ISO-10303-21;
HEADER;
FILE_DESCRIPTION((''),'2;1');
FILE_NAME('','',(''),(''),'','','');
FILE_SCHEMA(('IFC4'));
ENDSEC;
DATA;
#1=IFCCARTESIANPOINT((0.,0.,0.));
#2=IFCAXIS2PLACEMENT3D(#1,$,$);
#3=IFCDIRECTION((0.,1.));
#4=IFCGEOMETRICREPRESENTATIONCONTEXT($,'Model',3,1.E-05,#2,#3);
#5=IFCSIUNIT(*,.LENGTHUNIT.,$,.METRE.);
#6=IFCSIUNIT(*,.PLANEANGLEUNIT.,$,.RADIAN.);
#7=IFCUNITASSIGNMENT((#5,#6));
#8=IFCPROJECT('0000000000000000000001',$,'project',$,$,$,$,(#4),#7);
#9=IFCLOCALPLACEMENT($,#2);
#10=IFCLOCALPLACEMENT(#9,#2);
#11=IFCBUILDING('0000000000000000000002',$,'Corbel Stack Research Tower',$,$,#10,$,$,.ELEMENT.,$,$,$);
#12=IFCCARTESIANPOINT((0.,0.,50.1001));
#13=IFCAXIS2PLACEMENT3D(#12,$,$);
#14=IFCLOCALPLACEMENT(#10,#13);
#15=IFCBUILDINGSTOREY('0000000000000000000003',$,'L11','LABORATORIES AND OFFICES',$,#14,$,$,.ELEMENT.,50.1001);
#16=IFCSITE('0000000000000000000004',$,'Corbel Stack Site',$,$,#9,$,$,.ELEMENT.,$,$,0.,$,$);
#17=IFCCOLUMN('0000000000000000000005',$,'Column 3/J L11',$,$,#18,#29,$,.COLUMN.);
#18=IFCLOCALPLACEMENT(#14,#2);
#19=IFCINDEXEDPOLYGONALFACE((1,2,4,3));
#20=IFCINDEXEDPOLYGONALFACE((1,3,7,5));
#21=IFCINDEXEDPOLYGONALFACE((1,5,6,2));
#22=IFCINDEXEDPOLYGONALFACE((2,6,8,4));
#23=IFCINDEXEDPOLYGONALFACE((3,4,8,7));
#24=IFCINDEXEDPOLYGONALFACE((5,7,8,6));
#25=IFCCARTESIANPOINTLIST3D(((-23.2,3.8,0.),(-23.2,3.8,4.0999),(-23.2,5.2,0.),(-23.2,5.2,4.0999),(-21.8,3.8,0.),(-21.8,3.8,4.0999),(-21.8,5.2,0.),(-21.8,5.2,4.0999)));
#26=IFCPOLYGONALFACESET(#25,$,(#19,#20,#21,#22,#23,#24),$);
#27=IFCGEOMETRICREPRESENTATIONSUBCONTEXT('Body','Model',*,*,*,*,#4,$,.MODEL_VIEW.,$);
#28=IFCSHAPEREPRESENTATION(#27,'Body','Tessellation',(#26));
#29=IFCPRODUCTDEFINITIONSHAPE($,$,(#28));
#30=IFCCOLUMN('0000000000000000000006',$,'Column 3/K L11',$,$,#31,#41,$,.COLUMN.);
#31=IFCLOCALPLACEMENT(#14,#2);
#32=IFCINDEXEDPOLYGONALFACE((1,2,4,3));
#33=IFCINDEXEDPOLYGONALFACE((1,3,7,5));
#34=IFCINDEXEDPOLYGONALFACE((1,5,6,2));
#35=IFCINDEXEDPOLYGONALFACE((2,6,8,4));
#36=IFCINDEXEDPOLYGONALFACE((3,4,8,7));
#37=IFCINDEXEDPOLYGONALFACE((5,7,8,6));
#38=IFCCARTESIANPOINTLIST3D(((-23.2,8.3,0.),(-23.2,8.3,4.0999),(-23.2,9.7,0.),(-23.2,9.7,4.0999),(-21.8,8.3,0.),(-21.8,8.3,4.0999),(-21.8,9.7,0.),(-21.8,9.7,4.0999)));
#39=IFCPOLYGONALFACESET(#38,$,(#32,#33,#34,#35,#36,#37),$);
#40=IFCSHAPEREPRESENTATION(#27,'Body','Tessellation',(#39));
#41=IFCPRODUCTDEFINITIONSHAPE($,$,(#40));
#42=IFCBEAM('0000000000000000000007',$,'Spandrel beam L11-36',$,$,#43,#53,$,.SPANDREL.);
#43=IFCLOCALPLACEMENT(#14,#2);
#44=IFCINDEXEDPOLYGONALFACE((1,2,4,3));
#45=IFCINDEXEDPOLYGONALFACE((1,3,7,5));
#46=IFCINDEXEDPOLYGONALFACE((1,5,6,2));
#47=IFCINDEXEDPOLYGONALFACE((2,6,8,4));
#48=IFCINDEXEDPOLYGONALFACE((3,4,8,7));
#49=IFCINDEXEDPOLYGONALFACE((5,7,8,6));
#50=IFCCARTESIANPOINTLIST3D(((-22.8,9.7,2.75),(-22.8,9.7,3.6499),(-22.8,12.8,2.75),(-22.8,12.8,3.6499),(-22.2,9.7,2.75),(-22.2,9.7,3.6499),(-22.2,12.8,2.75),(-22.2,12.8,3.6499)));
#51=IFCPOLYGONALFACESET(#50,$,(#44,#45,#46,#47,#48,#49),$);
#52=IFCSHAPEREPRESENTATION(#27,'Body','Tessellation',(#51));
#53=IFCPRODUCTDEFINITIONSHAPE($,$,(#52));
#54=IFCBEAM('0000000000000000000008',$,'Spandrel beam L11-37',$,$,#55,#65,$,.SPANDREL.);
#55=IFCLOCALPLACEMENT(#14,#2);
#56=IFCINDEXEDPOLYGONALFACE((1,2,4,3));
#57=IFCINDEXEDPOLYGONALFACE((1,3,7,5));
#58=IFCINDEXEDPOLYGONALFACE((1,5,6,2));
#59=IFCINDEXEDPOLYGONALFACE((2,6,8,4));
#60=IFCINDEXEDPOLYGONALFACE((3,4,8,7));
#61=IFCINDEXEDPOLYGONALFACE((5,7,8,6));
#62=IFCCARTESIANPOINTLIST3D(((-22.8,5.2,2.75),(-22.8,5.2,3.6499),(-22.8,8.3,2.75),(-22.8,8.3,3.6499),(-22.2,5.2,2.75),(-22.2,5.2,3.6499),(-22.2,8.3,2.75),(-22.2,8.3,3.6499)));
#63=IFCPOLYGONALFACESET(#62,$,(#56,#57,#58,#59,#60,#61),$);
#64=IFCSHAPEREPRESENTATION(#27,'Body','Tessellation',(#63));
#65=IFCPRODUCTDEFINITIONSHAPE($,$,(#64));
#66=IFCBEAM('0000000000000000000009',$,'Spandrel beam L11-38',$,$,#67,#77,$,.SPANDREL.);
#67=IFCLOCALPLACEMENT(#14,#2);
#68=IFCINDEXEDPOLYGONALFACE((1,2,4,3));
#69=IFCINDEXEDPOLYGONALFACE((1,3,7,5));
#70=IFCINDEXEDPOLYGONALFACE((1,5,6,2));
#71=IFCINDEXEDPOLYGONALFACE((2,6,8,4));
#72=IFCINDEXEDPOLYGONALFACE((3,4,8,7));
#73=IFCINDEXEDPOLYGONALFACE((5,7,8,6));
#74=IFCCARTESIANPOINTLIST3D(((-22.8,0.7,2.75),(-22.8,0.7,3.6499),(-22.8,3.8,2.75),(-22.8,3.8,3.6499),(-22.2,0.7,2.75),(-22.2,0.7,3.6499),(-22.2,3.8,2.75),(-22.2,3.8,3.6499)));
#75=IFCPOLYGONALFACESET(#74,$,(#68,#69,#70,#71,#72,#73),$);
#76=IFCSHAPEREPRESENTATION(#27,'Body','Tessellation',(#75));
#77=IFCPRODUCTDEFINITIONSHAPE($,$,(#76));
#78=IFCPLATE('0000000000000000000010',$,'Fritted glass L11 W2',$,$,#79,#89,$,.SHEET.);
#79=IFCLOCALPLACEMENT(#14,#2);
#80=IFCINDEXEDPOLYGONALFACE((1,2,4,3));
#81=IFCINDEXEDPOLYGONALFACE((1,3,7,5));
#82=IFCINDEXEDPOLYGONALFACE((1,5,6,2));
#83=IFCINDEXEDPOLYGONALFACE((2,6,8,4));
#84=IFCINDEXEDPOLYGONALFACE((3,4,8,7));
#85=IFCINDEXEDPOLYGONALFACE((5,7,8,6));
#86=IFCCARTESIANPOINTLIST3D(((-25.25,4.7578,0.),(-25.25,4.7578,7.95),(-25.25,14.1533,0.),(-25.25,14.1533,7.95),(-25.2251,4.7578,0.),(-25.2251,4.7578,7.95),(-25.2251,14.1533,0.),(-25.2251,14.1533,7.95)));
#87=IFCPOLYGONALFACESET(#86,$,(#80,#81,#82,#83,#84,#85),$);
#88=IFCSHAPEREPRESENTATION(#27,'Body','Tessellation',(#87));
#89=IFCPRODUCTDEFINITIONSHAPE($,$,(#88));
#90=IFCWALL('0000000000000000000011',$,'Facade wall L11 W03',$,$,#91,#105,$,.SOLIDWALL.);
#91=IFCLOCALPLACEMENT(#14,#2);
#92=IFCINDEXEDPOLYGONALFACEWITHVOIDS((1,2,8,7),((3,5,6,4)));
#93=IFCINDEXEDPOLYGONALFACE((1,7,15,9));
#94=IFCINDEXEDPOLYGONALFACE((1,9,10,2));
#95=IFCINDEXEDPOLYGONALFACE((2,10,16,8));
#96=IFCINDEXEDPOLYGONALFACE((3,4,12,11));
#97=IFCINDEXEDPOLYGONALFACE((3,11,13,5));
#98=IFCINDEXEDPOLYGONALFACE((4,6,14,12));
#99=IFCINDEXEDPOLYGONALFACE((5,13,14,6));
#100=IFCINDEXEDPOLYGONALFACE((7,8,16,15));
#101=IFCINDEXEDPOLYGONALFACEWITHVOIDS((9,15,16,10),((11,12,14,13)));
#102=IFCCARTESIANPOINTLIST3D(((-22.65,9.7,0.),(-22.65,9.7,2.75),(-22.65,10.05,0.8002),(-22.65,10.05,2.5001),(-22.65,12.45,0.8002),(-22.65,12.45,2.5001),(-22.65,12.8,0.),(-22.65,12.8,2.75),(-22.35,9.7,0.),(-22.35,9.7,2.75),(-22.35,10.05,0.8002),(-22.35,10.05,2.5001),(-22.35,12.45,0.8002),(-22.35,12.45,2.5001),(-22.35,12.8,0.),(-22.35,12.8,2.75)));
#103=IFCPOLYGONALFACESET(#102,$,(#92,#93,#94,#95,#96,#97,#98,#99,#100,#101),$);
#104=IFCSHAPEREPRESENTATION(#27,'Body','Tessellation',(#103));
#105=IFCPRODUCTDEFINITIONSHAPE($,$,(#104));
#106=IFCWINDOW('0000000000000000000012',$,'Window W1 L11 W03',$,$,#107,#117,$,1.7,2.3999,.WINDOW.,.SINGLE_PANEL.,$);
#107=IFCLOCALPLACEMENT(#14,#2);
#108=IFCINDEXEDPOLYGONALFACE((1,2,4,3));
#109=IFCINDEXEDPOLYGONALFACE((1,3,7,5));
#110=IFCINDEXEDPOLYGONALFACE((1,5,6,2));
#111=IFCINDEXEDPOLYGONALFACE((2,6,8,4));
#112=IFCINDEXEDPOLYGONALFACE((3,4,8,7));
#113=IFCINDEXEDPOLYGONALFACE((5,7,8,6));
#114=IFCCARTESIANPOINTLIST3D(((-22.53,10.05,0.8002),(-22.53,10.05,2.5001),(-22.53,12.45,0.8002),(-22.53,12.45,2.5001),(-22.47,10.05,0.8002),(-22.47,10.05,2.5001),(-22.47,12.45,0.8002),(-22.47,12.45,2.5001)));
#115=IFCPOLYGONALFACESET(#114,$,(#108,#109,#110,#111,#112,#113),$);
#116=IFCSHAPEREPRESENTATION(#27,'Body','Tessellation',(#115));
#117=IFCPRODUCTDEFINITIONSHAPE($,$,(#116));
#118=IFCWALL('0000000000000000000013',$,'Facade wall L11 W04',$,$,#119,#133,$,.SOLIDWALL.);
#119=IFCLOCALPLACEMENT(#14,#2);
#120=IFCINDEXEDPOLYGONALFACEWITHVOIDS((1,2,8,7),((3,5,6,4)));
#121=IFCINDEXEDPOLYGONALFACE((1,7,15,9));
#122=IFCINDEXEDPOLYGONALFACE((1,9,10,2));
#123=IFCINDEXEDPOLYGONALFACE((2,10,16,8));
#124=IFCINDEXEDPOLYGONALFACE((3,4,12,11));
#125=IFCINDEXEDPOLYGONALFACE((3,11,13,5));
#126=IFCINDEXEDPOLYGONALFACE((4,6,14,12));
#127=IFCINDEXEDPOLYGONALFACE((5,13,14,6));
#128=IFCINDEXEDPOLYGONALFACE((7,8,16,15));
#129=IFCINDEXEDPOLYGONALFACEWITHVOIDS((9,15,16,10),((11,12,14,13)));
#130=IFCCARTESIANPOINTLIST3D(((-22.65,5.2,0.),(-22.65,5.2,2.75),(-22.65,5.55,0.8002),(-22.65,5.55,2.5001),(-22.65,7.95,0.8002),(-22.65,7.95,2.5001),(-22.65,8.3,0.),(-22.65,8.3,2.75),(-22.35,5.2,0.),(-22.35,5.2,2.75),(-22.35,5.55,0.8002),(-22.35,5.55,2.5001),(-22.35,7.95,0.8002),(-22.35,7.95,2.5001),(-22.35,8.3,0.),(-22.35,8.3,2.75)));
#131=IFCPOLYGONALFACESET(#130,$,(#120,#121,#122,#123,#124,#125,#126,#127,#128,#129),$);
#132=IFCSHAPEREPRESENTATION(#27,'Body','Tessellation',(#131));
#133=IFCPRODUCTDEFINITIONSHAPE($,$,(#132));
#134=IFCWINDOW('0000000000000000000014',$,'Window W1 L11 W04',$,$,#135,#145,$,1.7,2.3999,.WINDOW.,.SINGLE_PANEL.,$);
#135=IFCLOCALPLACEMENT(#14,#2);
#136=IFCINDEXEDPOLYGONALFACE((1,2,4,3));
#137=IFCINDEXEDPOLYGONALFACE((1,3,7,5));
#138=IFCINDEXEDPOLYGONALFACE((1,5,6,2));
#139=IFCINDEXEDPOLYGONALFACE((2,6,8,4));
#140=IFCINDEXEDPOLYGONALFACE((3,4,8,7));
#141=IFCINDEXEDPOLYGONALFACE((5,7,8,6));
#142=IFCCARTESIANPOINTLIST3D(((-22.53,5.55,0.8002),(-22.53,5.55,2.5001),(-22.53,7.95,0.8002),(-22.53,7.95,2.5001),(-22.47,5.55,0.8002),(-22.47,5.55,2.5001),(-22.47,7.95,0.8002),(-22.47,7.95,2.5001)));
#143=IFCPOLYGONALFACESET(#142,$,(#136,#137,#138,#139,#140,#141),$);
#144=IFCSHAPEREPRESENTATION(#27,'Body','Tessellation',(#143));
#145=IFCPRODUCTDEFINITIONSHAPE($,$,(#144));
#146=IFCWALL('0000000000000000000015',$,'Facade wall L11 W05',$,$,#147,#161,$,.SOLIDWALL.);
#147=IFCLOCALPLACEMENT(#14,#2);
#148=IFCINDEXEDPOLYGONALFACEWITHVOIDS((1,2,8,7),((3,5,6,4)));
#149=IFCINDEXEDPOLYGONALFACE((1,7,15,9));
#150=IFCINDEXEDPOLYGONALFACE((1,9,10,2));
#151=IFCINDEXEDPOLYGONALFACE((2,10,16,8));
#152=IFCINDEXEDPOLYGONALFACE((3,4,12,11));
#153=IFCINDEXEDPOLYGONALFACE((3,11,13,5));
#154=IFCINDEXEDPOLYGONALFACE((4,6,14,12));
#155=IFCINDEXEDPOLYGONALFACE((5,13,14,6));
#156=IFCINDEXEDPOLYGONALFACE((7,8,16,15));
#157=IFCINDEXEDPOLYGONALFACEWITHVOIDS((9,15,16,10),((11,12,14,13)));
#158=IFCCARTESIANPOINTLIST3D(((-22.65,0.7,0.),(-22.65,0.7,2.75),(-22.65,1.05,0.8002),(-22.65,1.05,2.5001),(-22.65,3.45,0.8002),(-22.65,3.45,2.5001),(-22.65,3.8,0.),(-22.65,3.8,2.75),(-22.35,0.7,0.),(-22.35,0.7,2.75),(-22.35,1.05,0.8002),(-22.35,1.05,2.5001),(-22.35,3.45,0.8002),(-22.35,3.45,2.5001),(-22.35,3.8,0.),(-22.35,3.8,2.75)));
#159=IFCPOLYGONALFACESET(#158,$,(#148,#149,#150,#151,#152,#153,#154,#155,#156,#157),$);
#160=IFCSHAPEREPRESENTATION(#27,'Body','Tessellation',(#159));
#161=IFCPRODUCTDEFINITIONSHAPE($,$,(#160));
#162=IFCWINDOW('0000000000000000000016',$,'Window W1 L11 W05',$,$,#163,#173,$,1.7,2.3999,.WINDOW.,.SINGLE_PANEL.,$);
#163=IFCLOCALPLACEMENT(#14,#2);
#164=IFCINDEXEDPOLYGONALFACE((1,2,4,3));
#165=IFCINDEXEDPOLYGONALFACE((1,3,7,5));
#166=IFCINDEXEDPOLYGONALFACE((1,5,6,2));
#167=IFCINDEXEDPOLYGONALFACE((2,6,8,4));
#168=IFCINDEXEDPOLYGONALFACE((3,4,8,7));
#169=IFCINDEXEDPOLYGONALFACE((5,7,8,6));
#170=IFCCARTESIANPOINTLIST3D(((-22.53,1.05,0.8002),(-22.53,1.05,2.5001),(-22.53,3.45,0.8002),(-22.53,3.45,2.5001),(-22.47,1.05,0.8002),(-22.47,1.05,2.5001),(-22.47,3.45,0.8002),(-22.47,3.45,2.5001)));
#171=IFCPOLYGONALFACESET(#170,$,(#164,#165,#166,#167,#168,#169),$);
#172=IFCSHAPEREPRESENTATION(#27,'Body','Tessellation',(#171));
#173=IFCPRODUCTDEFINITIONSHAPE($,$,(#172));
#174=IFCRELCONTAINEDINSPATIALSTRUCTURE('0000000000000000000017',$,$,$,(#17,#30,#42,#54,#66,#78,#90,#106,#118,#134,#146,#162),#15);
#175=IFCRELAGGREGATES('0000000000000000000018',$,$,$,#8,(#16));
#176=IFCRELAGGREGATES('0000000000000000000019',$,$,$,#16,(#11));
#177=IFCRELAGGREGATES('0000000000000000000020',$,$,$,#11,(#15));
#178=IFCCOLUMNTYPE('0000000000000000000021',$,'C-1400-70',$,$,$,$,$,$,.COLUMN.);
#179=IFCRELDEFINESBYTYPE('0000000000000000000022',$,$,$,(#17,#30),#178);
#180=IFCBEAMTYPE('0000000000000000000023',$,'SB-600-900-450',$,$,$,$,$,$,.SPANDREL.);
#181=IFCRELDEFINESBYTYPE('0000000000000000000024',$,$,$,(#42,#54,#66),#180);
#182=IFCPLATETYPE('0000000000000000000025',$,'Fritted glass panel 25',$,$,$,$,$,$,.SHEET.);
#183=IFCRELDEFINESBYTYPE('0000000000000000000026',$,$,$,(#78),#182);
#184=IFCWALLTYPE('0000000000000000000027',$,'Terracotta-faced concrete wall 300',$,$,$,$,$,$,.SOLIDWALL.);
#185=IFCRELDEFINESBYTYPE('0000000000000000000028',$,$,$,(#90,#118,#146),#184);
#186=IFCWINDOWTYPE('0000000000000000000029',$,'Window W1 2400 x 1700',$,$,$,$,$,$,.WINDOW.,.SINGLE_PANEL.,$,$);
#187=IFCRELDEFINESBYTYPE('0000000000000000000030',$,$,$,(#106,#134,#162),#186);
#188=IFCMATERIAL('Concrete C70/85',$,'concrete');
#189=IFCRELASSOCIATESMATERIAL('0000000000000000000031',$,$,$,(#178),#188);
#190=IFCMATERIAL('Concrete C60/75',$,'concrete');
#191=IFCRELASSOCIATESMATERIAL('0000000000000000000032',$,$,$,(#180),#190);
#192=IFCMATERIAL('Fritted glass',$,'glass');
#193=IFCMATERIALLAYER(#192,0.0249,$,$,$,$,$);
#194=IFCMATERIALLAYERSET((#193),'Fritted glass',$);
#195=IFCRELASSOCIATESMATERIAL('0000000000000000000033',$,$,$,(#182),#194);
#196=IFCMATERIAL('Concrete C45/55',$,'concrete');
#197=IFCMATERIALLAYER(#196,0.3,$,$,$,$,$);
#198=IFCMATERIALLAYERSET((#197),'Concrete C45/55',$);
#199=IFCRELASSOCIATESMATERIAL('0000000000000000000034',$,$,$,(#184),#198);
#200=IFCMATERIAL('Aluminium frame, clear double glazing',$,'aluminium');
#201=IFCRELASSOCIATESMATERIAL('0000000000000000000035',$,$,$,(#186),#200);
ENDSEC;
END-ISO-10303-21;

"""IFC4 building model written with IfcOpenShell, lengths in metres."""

from ifc_helpers import new_model, si_unit, direction, frame, frame_2d, origin, origin_2d, place, context, subcontext, project, spatial, rectangle, extrude, material, layer, layer_set, material_profile, profile_set, type_object, element, fill, save


model = new_model("IFC4")

# Units and contexts
model_context = context("Model", 3, precision=1e-05, world=origin(), true_north=direction((0.0, 1.0)))
body_context = subcontext(model_context, "Body", "Model", "MODEL_VIEW")
ifc_project = project(units=[si_unit("LENGTHUNIT", "METRE"), si_unit("PLANEANGLEUNIT", "RADIAN")], contexts=[model_context])

# Site, building, storey
site_placement = place(None, origin())
site = spatial("IfcSite", under=ifc_project, at=site_placement, Name="Corbel Stack Site", CompositionType="ELEMENT", RefElevation=0.0)
building_placement = place(site_placement, origin())
building = spatial("IfcBuilding", under=site, at=building_placement, Name="Corbel Stack Research Tower", CompositionType="ELEMENT")
storey_placement = place(building_placement, frame((0.0, 0.0, 50.1001)))
storey = spatial("IfcBuildingStorey", under=building, at=storey_placement, Name="L11", Description="LABORATORIES AND OFFICES", CompositionType="ELEMENT", Elevation=50.1001)

# Columns
ifc_material_1 = material(Name="Concrete C70/85", Category="concrete")
ifc_material_profile_1 = material_profile(ifc_material_1, rectangle(XDim=1.3999, YDim=1.3999, at=origin_2d()), Name="RC 1400 x 1400")
ifc_profile_set_1 = profile_set([ifc_material_profile_1], Name="Concrete C70/85")
column_type = type_object("IfcColumnType", Name="C-1400-70", PredefinedType="COLUMN", material=ifc_profile_set_1)
for number, where, z_axis, x_axis, name in (
    (1, (-22.5, 4.5, 0.0), (0.0, 0.0, 1.0), (1.0, 0.0, 0.0), "Column 3/J L11"),
    (2, (-22.5, 9.0, 0.0), (0.0, 0.0, 1.0), (1.0, 0.0, 0.0), "Column 3/K L11"),
):
    element("IfcColumn", number, at=place(storey_placement, frame(where, z_axis=z_axis, x_axis=x_axis)), inside=storey, type_object=column_type, Name=name, PredefinedType="COLUMN", context=body_context, shape_type="SweptSolid", body=[
        extrude(rectangle(XDim=1.3999, YDim=1.3999, at=origin_2d()), origin(), (0.0, 0.0, 1.0), 4.0999),
    ])

# Beams
ifc_material_2 = material(Name="Concrete C60/75", Category="concrete")
ifc_material_profile_2 = material_profile(ifc_material_2, rectangle(XDim=0.6001, YDim=0.8999, at=origin_2d()), Name="RC 600 x 900")
ifc_profile_set_2 = profile_set([ifc_material_profile_2], Name="Concrete C60/75")
beam_type = type_object("IfcBeamType", Name="SB-600-900-450", PredefinedType="SPANDREL", material=ifc_profile_set_2)
for number, where, z_axis, x_axis, name in (
    (3, (-22.5, 12.8, 3.2), (0.0, -1.0, 0.0), (1.0, 0.0, 0.0), "Spandrel beam L11-36"),
    (4, (-22.5, 8.3, 3.2), (0.0, -1.0, 0.0), (1.0, 0.0, 0.0), "Spandrel beam L11-37"),
    (5, (-22.5, 3.8, 3.2), (0.0, -1.0, 0.0), (1.0, 0.0, 0.0), "Spandrel beam L11-38"),
):
    element("IfcBeam", number, at=place(storey_placement, frame(where, z_axis=z_axis, x_axis=x_axis)), inside=storey, type_object=beam_type, Name=name, PredefinedType="SPANDREL", context=body_context, shape_type="SweptSolid", body=[
        extrude(rectangle(XDim=0.6001, YDim=0.8999, at=origin_2d()), origin(), (0.0, 0.0, 1.0), 3.1001),
    ])

# Plate
ifc_material_3 = material(Name="Fritted glass", Category="glass")
ifc_layer_1 = layer(ifc_material_3, 0.0249)
ifc_layer_set_1 = layer_set([ifc_layer_1], Name="Fritted glass")
plate_type = type_object("IfcPlateType", Name="Fritted glass panel 25", PredefinedType="SHEET", material=ifc_layer_set_1)
plate_placement = place(storey_placement, frame((-25.2375, 9.4556, 0.0), z_axis=(0.0, 0.0, 1.0), x_axis=(0.0, -1.0, 0.0)))
element("IfcPlate", 6, at=plate_placement, inside=storey, type_object=plate_type, Name="Fritted glass L11 W2", PredefinedType="SHEET", context=body_context, shape_type="SweptSolid", body=[
    extrude(rectangle(XDim=9.3955, YDim=0.0249, at=origin_2d()), origin(), (0.0, 0.0, 1.0), 7.95),
])

# Walls, openings, windows
ifc_material_4 = material(Name="Concrete C45/55", Category="concrete")
ifc_layer_2 = layer(ifc_material_4, 0.3)
ifc_layer_set_2 = layer_set([ifc_layer_2], Name="Concrete C45/55")
wall_type = type_object("IfcWallType", Name="Terracotta-faced concrete wall 300", PredefinedType="SOLIDWALL", material=ifc_layer_set_2)
wall_1_placement = place(storey_placement, frame((-22.5, 9.7, 0.0), z_axis=(0.0, 0.0, 1.0), x_axis=(0.0, 1.0, 0.0)))
wall_1 = element("IfcWall", 7, at=wall_1_placement, inside=storey, type_object=wall_type, Name="Facade wall L11 W03", PredefinedType="SOLIDWALL", context=body_context, shape_type="SweptSolid", body=[
    extrude(rectangle(XDim=3.1001, YDim=0.3, at=frame_2d((1.55, 0.0))), origin(), (0.0, 0.0, 1.0), 2.75),
])
opening_1_placement = place(wall_1_placement, frame((0.3501, 0.0, 0.8)))
opening_1 = element("IfcOpeningElement", 8, at=opening_1_placement, cuts=wall_1, PredefinedType="OPENING", context=body_context, shape_type="SweptSolid", body=[
    extrude(rectangle(XDim=2.3999, YDim=1.7, at=frame_2d((1.2, 0.8501))), frame((0.0, 0.1599, 0.0), z_axis=(0.0, -1.0, 0.0), x_axis=(1.0, 0.0, 0.0)), (0.0, 0.0, 1.0), 0.3201),
])
ifc_material_5 = material(Name="Aluminium frame, clear double glazing", Category="aluminium")
window_type = type_object("IfcWindowType", Name="Window W1 2400 x 1700", PartitioningType="SINGLE_PANEL", PredefinedType="WINDOW", material=ifc_material_5)
window_1_placement = place(opening_1_placement, origin())
window_1 = element("IfcWindow", 9, at=window_1_placement, inside=storey, type_object=window_type, Name="Window W1 L11 W03", OverallHeight=1.7, OverallWidth=2.3999, PartitioningType="SINGLE_PANEL", PredefinedType="WINDOW", context=body_context, shape_type="SweptSolid", body=[
    extrude(rectangle(XDim=2.3999, YDim=1.7, at=frame_2d((1.2, 0.8501))), frame((0.0, 0.03, 0.0), z_axis=(0.0, -1.0, 0.0), x_axis=(1.0, 0.0, 0.0)), (0.0, 0.0, 1.0), 0.0601),
])
fill(opening_1, window_1)
wall_2_placement = place(storey_placement, frame((-22.5, 5.2, 0.0), z_axis=(0.0, 0.0, 1.0), x_axis=(0.0, 1.0, 0.0)))
wall_2 = element("IfcWall", 10, at=wall_2_placement, inside=storey, type_object=wall_type, Name="Facade wall L11 W04", PredefinedType="SOLIDWALL", context=body_context, shape_type="SweptSolid", body=[
    extrude(rectangle(XDim=3.1001, YDim=0.3, at=frame_2d((1.55, 0.0))), origin(), (0.0, 0.0, 1.0), 2.75),
])
opening_2_placement = place(wall_2_placement, frame((0.3501, 0.0, 0.8)))
opening_2 = element("IfcOpeningElement", 11, at=opening_2_placement, cuts=wall_2, PredefinedType="OPENING", context=body_context, shape_type="SweptSolid", body=[
    extrude(rectangle(XDim=2.3999, YDim=1.7, at=frame_2d((1.2, 0.8501))), frame((0.0, 0.1599, 0.0), z_axis=(0.0, -1.0, 0.0), x_axis=(1.0, 0.0, 0.0)), (0.0, 0.0, 1.0), 0.3201),
])
window_2_placement = place(opening_2_placement, origin())
window_2 = element("IfcWindow", 12, at=window_2_placement, inside=storey, type_object=window_type, Name="Window W1 L11 W04", OverallHeight=1.7, OverallWidth=2.3999, PartitioningType="SINGLE_PANEL", PredefinedType="WINDOW", context=body_context, shape_type="SweptSolid", body=[
    extrude(rectangle(XDim=2.3999, YDim=1.7, at=frame_2d((1.2, 0.8501))), frame((0.0, 0.03, 0.0), z_axis=(0.0, -1.0, 0.0), x_axis=(1.0, 0.0, 0.0)), (0.0, 0.0, 1.0), 0.0601),
])
fill(opening_2, window_2)
wall_3_placement = place(storey_placement, frame((-22.5, 0.7, 0.0), z_axis=(0.0, 0.0, 1.0), x_axis=(0.0, 1.0, 0.0)))
wall_3 = element("IfcWall", 13, at=wall_3_placement, inside=storey, type_object=wall_type, Name="Facade wall L11 W05", PredefinedType="SOLIDWALL", context=body_context, shape_type="SweptSolid", body=[
    extrude(rectangle(XDim=3.1001, YDim=0.3, at=frame_2d((1.55, 0.0))), origin(), (0.0, 0.0, 1.0), 2.75),
])
opening_3_placement = place(wall_3_placement, frame((0.3501, 0.0, 0.8)))
opening_3 = element("IfcOpeningElement", 14, at=opening_3_placement, cuts=wall_3, PredefinedType="OPENING", context=body_context, shape_type="SweptSolid", body=[
    extrude(rectangle(XDim=2.3999, YDim=1.7, at=frame_2d((1.2, 0.8501))), frame((0.0, 0.1599, 0.0), z_axis=(0.0, -1.0, 0.0), x_axis=(1.0, 0.0, 0.0)), (0.0, 0.0, 1.0), 0.3201),
])
window_3_placement = place(opening_3_placement, origin())
window_3 = element("IfcWindow", 15, at=window_3_placement, inside=storey, type_object=window_type, Name="Window W1 L11 W05", OverallHeight=1.7, OverallWidth=2.3999, PartitioningType="SINGLE_PANEL", PredefinedType="WINDOW", context=body_context, shape_type="SweptSolid", body=[
    extrude(rectangle(XDim=2.3999, YDim=1.7, at=frame_2d((1.2, 0.8501))), frame((0.0, 0.03, 0.0), z_axis=(0.0, -1.0, 0.0), x_axis=(1.0, 0.0, 0.0)), (0.0, 0.0, 1.0), 0.0601),
])
fill(opening_3, window_3)

save(model, "model.ifc")
